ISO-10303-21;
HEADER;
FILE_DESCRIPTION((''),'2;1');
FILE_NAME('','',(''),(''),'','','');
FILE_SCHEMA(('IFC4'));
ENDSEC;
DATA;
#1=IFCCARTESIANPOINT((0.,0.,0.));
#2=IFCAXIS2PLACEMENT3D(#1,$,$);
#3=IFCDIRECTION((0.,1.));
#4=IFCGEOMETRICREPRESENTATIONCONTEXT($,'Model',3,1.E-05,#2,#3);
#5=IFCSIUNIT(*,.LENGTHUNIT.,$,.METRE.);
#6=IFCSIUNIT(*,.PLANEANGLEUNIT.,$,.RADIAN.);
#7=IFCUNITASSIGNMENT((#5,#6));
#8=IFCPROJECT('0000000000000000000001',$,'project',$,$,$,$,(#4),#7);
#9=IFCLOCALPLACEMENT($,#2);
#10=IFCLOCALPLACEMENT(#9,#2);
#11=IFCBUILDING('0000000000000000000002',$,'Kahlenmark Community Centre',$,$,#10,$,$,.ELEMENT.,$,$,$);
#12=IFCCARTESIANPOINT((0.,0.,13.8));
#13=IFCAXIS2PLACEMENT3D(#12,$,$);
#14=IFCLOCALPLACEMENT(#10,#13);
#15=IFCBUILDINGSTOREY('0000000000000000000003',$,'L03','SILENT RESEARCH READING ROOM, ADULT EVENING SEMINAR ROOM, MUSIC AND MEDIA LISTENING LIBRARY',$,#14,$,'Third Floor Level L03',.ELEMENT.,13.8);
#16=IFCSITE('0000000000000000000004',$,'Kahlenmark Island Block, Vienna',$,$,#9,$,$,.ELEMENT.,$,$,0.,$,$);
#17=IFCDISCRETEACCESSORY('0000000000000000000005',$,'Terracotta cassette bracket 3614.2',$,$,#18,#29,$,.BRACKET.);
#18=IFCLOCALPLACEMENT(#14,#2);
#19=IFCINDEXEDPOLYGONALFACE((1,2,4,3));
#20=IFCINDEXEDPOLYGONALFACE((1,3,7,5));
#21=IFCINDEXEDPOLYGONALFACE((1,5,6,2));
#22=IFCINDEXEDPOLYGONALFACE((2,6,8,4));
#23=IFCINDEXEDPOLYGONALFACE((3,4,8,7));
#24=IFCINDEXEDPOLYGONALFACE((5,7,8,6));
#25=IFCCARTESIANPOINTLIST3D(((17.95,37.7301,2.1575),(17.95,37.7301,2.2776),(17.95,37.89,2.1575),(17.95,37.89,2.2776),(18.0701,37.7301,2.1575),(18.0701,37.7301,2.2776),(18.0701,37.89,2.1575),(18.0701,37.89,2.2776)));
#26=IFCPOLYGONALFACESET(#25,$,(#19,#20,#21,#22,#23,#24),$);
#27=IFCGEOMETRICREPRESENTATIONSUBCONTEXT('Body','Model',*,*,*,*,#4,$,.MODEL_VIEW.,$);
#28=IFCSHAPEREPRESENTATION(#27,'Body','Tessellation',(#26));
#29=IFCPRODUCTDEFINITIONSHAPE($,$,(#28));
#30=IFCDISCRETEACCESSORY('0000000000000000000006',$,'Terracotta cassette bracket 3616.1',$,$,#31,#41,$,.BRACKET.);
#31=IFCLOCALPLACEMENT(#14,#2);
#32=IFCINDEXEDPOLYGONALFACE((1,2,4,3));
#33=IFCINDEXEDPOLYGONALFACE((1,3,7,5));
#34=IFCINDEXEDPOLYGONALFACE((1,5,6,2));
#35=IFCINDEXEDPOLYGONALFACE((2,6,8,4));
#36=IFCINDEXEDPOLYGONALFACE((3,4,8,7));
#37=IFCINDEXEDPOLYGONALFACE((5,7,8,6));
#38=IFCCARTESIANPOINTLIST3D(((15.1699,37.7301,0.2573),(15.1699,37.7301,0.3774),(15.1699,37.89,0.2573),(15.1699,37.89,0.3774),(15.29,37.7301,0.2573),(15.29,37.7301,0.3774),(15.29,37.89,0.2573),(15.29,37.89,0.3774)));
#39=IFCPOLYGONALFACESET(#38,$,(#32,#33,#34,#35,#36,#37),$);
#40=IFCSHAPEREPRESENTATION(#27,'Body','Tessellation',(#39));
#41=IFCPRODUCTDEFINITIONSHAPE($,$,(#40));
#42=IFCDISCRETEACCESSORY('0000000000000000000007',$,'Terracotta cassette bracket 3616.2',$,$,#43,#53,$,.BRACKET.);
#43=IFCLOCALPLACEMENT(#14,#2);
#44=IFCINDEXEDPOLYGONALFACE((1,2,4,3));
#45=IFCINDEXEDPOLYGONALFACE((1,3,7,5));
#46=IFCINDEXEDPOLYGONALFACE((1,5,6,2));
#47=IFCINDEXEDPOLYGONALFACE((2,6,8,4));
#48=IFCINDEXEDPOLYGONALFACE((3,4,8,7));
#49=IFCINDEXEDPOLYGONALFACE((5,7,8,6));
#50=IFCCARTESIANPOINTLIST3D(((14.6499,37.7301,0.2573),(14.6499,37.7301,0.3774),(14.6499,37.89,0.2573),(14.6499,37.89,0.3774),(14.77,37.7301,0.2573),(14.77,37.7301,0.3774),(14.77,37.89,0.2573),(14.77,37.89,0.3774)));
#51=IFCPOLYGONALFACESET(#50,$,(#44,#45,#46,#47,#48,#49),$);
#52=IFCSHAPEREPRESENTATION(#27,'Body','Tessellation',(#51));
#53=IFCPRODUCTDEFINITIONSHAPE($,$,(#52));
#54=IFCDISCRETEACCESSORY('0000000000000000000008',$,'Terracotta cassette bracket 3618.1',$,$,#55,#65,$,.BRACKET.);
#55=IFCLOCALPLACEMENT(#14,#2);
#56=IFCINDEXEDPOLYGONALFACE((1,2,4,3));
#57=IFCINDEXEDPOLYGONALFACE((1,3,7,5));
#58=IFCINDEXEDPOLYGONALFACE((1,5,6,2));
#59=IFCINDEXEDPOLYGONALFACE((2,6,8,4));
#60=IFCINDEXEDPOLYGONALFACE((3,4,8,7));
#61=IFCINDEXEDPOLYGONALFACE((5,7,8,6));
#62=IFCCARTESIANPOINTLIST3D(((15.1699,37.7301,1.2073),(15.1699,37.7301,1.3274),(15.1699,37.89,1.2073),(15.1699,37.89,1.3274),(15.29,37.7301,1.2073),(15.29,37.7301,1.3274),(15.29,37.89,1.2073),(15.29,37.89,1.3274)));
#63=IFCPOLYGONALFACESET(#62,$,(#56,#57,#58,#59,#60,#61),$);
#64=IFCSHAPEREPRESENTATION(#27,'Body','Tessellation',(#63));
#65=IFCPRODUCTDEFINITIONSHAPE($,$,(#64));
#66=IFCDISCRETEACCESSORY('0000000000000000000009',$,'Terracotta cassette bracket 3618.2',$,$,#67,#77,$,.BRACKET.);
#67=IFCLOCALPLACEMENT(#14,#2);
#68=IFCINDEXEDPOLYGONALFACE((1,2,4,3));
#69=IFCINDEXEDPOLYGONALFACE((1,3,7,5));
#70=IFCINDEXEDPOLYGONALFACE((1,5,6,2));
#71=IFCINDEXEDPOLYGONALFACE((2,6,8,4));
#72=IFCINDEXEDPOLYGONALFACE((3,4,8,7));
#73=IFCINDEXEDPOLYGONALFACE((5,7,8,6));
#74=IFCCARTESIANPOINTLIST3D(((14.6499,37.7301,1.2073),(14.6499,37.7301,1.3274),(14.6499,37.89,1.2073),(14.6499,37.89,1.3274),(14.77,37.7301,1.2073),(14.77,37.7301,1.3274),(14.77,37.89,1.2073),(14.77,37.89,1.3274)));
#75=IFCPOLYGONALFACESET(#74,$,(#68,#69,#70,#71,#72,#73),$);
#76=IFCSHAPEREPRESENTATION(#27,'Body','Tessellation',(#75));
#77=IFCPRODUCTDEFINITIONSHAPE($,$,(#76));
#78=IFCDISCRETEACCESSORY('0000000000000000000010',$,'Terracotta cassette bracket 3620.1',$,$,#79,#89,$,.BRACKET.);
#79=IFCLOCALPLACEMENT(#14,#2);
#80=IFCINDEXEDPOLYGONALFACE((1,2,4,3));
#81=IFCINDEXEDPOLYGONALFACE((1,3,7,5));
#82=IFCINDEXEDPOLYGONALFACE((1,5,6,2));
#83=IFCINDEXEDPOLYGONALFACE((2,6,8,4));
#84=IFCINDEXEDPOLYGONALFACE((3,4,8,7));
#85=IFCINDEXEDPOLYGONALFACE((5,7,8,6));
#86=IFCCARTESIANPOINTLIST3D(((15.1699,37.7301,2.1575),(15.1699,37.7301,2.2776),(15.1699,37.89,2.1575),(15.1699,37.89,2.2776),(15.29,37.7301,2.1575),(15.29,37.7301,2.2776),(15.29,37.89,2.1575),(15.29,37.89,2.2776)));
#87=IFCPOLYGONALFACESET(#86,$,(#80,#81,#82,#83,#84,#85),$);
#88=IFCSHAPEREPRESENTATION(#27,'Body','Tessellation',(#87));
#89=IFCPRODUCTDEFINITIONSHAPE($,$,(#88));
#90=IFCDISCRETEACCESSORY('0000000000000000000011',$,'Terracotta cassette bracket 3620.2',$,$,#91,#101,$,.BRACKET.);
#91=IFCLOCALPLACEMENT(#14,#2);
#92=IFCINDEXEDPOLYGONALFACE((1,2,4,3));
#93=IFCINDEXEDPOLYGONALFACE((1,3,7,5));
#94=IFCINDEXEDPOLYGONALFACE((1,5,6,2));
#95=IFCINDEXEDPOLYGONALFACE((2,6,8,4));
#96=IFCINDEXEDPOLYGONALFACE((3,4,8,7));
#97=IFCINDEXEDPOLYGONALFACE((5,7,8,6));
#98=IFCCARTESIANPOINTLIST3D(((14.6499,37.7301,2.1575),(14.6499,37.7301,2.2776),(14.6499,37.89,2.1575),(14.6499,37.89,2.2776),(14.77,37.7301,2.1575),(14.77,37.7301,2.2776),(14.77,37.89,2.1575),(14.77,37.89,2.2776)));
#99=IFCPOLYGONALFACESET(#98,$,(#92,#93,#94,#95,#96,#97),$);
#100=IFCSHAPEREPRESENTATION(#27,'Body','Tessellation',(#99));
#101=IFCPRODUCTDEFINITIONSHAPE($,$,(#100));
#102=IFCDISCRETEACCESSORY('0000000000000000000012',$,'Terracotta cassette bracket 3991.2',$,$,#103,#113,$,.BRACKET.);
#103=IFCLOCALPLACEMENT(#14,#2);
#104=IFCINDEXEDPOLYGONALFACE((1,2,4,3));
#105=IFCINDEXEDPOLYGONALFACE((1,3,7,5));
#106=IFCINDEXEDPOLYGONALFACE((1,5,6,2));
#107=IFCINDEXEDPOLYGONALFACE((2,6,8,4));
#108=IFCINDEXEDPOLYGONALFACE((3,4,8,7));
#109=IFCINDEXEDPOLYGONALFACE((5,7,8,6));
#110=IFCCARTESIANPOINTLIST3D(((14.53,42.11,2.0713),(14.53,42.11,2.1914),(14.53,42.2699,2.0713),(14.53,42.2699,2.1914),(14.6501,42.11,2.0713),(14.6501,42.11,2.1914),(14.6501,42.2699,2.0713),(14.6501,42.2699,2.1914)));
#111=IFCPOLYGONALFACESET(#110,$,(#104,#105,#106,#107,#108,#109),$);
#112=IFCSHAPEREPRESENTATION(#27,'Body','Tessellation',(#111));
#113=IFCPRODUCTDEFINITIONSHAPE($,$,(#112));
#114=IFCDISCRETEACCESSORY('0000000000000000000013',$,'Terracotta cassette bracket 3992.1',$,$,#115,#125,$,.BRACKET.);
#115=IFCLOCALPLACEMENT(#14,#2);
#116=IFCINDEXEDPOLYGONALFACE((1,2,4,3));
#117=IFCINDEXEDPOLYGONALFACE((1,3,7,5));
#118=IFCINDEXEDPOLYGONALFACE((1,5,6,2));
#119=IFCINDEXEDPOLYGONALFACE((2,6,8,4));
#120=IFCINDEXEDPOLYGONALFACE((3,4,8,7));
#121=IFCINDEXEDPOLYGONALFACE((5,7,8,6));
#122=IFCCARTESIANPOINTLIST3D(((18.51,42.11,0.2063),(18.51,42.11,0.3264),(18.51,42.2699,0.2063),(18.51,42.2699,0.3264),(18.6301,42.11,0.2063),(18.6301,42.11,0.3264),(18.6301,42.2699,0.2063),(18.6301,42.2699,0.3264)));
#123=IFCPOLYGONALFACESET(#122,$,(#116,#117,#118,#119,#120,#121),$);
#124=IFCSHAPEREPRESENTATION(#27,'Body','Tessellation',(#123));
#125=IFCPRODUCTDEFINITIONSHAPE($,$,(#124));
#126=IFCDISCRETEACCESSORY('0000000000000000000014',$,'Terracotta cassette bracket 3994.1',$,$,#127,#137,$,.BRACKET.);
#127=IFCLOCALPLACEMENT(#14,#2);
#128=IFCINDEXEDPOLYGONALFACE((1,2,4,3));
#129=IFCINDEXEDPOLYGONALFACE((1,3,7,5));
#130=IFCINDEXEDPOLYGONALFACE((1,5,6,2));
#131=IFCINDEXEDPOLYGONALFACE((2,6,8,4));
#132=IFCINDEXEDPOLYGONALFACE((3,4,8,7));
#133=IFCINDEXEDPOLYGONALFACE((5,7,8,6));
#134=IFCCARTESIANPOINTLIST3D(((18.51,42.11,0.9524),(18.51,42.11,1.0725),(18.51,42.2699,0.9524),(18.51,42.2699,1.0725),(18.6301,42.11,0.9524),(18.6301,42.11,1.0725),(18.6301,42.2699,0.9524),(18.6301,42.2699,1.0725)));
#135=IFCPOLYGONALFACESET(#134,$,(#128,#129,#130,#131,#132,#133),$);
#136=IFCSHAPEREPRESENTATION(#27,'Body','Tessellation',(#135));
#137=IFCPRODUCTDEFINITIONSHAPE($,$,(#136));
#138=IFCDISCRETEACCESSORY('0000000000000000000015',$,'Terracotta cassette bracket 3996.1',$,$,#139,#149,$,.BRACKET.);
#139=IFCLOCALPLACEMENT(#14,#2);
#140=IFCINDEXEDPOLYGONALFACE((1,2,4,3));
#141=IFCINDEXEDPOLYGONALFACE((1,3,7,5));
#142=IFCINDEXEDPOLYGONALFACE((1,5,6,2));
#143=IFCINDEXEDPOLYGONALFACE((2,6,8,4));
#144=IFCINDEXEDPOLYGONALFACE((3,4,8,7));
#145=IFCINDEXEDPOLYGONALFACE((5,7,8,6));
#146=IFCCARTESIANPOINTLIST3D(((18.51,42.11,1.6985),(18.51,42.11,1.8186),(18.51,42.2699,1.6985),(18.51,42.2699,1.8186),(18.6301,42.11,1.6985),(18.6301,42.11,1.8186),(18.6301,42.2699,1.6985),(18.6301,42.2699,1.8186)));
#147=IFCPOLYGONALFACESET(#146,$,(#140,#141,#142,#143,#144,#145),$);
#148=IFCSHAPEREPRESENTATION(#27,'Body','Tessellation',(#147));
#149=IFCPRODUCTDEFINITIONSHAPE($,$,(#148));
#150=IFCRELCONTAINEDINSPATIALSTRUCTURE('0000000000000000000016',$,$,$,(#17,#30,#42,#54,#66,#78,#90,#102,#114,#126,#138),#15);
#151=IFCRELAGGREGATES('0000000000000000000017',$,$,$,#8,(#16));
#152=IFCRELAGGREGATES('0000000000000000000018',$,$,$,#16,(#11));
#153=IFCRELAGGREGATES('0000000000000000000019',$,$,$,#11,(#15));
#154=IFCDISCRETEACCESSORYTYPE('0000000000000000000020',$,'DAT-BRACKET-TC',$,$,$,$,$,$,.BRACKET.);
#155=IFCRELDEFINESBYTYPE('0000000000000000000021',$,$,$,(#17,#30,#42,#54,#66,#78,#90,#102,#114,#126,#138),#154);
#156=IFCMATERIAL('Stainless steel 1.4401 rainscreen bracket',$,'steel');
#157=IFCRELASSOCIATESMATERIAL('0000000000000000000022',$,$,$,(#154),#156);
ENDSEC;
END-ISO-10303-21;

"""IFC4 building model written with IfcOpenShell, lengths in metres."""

from ifc_helpers import new_model, si_unit, direction, frame, origin, origin_2d, place, context, subcontext, project, spatial, rectangle, extrude, material, type_object, element, save


model = new_model("IFC4")

# Units and contexts
model_context = context("Model", 3, precision=1e-05, world=origin(), true_north=direction((0.0, 1.0)))
body_context = subcontext(model_context, "Body", "Model", "MODEL_VIEW")
ifc_project = project(units=[si_unit("LENGTHUNIT", "METRE"), si_unit("PLANEANGLEUNIT", "RADIAN")], contexts=[model_context])

# Site, building, storey
site_placement = place(None, origin())
site = spatial("IfcSite", under=ifc_project, at=site_placement, Name="Kahlenmark Island Block, Vienna", CompositionType="ELEMENT", RefElevation=0.0)
building_placement = place(site_placement, origin())
building = spatial("IfcBuilding", under=site, at=building_placement, Name="Kahlenmark Community Centre", CompositionType="ELEMENT")
storey_placement = place(building_placement, frame((0.0, 0.0, 13.8)))
storey = spatial("IfcBuildingStorey", under=building, at=storey_placement, Name="L03", Description="SILENT RESEARCH READING ROOM, ADULT EVENING SEMINAR ROOM, MUSIC AND MEDIA LISTENING LIBRARY", LongName="Third Floor Level L03", CompositionType="ELEMENT", Elevation=13.8)

# Discrete accessories
ifc_material_1 = material(Name="Stainless steel 1.4401 rainscreen bracket", Category="steel")
discrete_accessory_type = type_object("IfcDiscreteAccessoryType", Name="DAT-BRACKET-TC", PredefinedType="BRACKET", material=ifc_material_1)
for number, where, z_axis, x_axis, name in (
    (1, (18.01, 37.8101, 2.1575), (0.0, 0.0, 1.0), (-1.0, 0.0, 0.0), "Terracotta cassette bracket 3614.2"),
    (2, (15.23, 37.8101, 0.2573), (0.0, 0.0, 1.0), (-1.0, 0.0, 0.0), "Terracotta cassette bracket 3616.1"),
    (3, (14.71, 37.8101, 0.2573), (0.0, 0.0, 1.0), (-1.0, 0.0, 0.0), "Terracotta cassette bracket 3616.2"),
    (4, (15.23, 37.8101, 1.2073), (0.0, 0.0, 1.0), (-1.0, 0.0, 0.0), "Terracotta cassette bracket 3618.1"),
    (5, (14.71, 37.8101, 1.2073), (0.0, 0.0, 1.0), (-1.0, 0.0, 0.0), "Terracotta cassette bracket 3618.2"),
    (6, (15.23, 37.8101, 2.1575), (0.0, 0.0, 1.0), (-1.0, 0.0, 0.0), "Terracotta cassette bracket 3620.1"),
    (7, (14.71, 37.8101, 2.1575), (0.0, 0.0, 1.0), (-1.0, 0.0, 0.0), "Terracotta cassette bracket 3620.2"),
    (8, (14.5901, 42.1899, 2.0713), (0.0, 0.0, 1.0), (1.0, 0.0, 0.0), "Terracotta cassette bracket 3991.2"),
    (9, (18.5701, 42.1899, 0.2063), (0.0, 0.0, 1.0), (1.0, 0.0, 0.0), "Terracotta cassette bracket 3992.1"),
    (10, (18.5701, 42.1899, 0.9524), (0.0, 0.0, 1.0), (1.0, 0.0, 0.0), "Terracotta cassette bracket 3994.1"),
    (11, (18.5701, 42.1899, 1.6985), (0.0, 0.0, 1.0), (1.0, 0.0, 0.0), "Terracotta cassette bracket 3996.1"),
):
    element("IfcDiscreteAccessory", number, at=place(storey_placement, frame(where, z_axis=z_axis, x_axis=x_axis)), inside=storey, type_object=discrete_accessory_type, Name=name, PredefinedType="BRACKET", context=body_context, shape_type="SweptSolid", body=[
        extrude(rectangle(XDim=0.1201, YDim=0.1599, at=origin_2d()), origin(), (0.0, 0.0, 1.0), 0.1201),
    ])

save(model, "model.ifc")
